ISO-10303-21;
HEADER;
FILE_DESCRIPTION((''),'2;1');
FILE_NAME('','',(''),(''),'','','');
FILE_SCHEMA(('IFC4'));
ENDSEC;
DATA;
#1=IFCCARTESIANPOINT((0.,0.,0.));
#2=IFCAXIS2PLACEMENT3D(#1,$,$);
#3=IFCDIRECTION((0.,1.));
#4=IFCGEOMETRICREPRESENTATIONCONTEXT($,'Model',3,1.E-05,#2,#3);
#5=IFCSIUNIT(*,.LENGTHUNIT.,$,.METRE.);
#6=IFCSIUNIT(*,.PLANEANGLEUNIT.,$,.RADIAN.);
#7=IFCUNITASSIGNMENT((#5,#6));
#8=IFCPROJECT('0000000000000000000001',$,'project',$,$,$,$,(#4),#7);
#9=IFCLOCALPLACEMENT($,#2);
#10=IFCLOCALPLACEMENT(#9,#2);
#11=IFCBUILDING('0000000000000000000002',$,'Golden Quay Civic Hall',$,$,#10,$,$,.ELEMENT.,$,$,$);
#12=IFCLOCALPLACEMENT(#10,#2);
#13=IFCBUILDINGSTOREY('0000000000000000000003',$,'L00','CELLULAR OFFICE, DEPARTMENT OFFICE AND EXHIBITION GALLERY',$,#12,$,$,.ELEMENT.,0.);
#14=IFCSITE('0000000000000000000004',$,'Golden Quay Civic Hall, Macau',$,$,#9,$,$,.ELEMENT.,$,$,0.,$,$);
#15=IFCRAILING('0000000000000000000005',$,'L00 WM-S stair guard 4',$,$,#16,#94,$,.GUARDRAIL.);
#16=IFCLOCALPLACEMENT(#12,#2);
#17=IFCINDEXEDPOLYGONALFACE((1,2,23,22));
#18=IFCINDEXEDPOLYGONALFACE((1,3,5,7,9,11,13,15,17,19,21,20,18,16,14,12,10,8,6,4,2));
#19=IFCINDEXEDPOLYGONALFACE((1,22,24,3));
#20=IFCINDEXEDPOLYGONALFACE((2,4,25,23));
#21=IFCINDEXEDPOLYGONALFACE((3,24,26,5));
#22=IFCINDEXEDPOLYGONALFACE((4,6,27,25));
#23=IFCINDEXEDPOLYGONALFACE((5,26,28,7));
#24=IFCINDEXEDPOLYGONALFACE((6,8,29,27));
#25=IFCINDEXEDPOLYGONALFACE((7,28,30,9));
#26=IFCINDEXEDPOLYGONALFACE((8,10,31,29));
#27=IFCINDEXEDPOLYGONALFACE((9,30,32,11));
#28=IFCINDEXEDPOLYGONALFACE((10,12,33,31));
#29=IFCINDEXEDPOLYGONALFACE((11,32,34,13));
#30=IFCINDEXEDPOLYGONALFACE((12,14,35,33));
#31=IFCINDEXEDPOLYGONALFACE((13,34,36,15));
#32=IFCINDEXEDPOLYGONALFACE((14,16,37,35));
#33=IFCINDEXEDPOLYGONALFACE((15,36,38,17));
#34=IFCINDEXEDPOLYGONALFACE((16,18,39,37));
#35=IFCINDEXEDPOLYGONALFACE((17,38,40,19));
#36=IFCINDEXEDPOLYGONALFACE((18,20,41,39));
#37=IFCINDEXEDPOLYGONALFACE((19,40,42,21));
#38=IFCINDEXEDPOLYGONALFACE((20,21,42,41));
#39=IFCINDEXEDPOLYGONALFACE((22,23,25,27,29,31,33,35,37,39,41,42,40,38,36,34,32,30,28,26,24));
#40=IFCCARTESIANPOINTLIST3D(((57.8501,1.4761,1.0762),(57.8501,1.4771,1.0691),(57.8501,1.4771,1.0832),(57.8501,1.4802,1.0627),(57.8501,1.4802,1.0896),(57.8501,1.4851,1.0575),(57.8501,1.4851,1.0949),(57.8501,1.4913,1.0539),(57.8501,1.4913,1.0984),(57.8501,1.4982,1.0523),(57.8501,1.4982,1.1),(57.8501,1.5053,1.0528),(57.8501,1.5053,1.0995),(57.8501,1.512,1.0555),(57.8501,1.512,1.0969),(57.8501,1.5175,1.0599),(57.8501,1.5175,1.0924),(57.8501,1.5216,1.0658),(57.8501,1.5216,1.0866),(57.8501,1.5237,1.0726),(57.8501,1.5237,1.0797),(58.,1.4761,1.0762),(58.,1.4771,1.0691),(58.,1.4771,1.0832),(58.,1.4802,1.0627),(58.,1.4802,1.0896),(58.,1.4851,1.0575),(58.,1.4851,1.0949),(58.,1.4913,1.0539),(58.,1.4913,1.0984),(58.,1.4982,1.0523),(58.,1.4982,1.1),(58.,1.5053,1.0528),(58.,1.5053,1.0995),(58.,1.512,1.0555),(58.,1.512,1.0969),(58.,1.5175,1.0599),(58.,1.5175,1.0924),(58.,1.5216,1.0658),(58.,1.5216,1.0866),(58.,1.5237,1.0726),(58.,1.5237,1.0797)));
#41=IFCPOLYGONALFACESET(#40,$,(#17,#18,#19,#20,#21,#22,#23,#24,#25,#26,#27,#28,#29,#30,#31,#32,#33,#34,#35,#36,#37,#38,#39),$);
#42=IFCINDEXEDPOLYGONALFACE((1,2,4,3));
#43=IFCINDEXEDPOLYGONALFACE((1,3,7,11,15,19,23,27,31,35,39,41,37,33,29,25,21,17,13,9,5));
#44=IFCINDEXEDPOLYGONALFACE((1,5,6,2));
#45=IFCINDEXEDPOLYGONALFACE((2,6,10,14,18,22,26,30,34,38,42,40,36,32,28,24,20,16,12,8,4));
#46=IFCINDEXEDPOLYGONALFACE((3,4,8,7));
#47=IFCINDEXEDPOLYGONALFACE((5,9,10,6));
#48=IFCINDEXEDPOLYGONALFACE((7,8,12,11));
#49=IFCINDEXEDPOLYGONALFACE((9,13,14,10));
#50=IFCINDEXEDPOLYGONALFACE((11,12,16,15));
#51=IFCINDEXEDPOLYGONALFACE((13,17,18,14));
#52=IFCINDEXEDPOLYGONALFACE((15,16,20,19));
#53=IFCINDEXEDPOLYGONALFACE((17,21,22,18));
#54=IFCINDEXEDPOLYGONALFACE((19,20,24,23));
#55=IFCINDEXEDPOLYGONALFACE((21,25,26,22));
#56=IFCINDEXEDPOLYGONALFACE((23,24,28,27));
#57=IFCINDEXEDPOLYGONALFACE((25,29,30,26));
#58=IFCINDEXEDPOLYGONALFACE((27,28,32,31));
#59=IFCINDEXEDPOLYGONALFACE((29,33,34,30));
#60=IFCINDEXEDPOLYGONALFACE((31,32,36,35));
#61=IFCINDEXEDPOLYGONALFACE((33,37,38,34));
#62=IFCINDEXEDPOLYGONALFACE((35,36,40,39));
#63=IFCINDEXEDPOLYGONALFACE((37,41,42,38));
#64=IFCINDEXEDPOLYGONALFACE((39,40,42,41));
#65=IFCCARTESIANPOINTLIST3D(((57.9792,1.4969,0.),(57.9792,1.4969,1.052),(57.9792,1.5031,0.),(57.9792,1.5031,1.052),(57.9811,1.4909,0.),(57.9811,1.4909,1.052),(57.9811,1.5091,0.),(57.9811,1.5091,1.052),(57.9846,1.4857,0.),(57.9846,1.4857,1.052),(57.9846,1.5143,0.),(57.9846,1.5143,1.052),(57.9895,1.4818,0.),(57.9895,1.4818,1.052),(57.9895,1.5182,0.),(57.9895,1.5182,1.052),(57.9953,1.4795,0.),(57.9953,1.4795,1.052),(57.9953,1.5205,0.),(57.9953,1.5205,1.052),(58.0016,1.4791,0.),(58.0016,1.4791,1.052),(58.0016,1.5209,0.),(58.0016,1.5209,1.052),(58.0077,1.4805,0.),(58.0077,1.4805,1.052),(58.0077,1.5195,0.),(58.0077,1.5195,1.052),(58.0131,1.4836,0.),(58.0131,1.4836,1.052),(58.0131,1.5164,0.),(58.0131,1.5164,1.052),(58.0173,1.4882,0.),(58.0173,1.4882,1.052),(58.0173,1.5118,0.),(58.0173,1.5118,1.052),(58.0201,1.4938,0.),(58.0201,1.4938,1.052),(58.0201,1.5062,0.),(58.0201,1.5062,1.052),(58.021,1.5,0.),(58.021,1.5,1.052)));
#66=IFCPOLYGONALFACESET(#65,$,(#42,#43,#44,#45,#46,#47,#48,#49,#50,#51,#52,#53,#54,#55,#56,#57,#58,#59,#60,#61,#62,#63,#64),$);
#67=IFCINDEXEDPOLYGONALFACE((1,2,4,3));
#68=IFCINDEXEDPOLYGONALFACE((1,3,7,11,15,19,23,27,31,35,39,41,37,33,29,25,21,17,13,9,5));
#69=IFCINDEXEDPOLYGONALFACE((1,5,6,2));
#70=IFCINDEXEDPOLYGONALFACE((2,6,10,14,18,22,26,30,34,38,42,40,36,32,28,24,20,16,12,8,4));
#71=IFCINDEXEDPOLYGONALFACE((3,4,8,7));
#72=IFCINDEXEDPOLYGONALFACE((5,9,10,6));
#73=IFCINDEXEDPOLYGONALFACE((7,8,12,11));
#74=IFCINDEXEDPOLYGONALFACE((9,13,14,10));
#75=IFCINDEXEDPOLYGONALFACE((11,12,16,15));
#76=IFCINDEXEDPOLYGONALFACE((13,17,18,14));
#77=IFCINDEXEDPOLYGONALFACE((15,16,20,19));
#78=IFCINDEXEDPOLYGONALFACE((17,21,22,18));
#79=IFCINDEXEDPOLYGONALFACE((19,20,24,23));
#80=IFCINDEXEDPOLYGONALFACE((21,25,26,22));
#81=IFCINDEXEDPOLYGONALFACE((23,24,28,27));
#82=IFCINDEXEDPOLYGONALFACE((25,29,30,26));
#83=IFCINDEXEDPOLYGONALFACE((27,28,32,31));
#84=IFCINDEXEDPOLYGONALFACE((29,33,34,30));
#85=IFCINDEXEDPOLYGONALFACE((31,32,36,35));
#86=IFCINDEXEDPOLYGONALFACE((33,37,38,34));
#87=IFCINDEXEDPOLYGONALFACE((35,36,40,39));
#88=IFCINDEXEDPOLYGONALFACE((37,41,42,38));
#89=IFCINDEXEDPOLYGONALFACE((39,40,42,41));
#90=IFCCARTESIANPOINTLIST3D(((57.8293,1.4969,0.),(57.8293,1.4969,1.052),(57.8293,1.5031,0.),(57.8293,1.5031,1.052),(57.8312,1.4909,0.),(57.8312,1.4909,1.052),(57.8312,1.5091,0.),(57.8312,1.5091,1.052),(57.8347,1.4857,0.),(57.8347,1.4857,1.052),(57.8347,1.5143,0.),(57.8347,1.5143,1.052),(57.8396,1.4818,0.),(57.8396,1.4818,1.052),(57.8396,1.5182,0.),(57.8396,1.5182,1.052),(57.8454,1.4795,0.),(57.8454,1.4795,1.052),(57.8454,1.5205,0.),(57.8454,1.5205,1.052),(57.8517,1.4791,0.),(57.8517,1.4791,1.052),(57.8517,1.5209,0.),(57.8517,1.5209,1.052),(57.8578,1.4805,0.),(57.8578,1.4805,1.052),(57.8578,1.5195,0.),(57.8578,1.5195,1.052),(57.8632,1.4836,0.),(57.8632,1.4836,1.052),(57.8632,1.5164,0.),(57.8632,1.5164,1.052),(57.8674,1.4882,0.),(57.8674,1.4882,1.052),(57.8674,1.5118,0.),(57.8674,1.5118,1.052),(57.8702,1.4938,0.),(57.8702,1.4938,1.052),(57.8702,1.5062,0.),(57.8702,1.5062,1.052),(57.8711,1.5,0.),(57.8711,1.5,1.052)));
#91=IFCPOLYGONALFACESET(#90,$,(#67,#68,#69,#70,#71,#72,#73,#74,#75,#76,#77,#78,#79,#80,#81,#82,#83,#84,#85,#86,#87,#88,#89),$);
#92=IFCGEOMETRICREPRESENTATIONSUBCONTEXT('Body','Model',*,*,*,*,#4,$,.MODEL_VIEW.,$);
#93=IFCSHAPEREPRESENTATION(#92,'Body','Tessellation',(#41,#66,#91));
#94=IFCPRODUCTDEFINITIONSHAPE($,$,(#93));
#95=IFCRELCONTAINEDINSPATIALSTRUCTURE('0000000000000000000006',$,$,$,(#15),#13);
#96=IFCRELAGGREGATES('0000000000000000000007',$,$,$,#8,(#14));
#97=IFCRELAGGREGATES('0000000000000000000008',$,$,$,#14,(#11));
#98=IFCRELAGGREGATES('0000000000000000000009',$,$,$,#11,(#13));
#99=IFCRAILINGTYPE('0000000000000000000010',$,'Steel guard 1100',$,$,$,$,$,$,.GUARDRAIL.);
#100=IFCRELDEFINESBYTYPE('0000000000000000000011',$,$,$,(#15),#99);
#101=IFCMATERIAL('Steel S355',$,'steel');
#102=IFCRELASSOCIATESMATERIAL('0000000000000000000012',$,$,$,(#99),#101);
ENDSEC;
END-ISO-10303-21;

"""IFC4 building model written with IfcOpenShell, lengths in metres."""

from ifc_helpers import new_model, si_unit, direction, frame, origin, origin_2d, place, context, subcontext, project, spatial, circle, extrude, material, type_object, element, save


model = new_model("IFC4")

# Units and contexts
model_context = context("Model", 3, precision=1e-05, world=origin(), true_north=direction((0.0, 1.0)))
body_context = subcontext(model_context, "Body", "Model", "MODEL_VIEW")
ifc_project = project(units=[si_unit("LENGTHUNIT", "METRE"), si_unit("PLANEANGLEUNIT", "RADIAN")], contexts=[model_context])

# Site, building, storey
site_placement = place(None, origin())
site = spatial("IfcSite", under=ifc_project, at=site_placement, Name="Golden Quay Civic Hall, Macau", CompositionType="ELEMENT", RefElevation=0.0)
building_placement = place(site_placement, origin())
building = spatial("IfcBuilding", under=site, at=building_placement, Name="Golden Quay Civic Hall", CompositionType="ELEMENT")
storey_placement = place(building_placement, origin())
storey = spatial("IfcBuildingStorey", under=building, at=storey_placement, Name="L00", Description="CELLULAR OFFICE, DEPARTMENT OFFICE AND EXHIBITION GALLERY", CompositionType="ELEMENT", Elevation=0.0)

# Railing
ifc_material_1 = material(Name="Steel S355", Category="steel")
railing_type_1 = type_object("IfcRailingType", Name="Steel guard 1100", PredefinedType="GUARDRAIL", material=ifc_material_1)
railing_1_placement = place(storey_placement, frame((58.0, 1.5, 0.0)))
element("IfcRailing", 1, at=railing_1_placement, inside=storey, type_object=railing_type_1, Name="L00 WM-S stair guard 4", PredefinedType="GUARDRAIL", context=body_context, shape_type="SweptSolid", body=[
    extrude(circle(Radius=0.0239, at=origin_2d()), frame((0.0, 0.0, 1.0762), z_axis=(-1.0, 0.0, 0.0), x_axis=(0.0, -1.0, 0.0)), (0.0, 0.0, 1.0), 0.1499),
    extrude(circle(Radius=0.021, at=origin_2d()), origin(), (0.0, 0.0, 1.0), 1.052),
    extrude(circle(Radius=0.021, at=origin_2d()), frame((-0.1499, 0.0, 0.0)), (0.0, 0.0, 1.0), 1.052),
])

save(model, "model.ifc")
